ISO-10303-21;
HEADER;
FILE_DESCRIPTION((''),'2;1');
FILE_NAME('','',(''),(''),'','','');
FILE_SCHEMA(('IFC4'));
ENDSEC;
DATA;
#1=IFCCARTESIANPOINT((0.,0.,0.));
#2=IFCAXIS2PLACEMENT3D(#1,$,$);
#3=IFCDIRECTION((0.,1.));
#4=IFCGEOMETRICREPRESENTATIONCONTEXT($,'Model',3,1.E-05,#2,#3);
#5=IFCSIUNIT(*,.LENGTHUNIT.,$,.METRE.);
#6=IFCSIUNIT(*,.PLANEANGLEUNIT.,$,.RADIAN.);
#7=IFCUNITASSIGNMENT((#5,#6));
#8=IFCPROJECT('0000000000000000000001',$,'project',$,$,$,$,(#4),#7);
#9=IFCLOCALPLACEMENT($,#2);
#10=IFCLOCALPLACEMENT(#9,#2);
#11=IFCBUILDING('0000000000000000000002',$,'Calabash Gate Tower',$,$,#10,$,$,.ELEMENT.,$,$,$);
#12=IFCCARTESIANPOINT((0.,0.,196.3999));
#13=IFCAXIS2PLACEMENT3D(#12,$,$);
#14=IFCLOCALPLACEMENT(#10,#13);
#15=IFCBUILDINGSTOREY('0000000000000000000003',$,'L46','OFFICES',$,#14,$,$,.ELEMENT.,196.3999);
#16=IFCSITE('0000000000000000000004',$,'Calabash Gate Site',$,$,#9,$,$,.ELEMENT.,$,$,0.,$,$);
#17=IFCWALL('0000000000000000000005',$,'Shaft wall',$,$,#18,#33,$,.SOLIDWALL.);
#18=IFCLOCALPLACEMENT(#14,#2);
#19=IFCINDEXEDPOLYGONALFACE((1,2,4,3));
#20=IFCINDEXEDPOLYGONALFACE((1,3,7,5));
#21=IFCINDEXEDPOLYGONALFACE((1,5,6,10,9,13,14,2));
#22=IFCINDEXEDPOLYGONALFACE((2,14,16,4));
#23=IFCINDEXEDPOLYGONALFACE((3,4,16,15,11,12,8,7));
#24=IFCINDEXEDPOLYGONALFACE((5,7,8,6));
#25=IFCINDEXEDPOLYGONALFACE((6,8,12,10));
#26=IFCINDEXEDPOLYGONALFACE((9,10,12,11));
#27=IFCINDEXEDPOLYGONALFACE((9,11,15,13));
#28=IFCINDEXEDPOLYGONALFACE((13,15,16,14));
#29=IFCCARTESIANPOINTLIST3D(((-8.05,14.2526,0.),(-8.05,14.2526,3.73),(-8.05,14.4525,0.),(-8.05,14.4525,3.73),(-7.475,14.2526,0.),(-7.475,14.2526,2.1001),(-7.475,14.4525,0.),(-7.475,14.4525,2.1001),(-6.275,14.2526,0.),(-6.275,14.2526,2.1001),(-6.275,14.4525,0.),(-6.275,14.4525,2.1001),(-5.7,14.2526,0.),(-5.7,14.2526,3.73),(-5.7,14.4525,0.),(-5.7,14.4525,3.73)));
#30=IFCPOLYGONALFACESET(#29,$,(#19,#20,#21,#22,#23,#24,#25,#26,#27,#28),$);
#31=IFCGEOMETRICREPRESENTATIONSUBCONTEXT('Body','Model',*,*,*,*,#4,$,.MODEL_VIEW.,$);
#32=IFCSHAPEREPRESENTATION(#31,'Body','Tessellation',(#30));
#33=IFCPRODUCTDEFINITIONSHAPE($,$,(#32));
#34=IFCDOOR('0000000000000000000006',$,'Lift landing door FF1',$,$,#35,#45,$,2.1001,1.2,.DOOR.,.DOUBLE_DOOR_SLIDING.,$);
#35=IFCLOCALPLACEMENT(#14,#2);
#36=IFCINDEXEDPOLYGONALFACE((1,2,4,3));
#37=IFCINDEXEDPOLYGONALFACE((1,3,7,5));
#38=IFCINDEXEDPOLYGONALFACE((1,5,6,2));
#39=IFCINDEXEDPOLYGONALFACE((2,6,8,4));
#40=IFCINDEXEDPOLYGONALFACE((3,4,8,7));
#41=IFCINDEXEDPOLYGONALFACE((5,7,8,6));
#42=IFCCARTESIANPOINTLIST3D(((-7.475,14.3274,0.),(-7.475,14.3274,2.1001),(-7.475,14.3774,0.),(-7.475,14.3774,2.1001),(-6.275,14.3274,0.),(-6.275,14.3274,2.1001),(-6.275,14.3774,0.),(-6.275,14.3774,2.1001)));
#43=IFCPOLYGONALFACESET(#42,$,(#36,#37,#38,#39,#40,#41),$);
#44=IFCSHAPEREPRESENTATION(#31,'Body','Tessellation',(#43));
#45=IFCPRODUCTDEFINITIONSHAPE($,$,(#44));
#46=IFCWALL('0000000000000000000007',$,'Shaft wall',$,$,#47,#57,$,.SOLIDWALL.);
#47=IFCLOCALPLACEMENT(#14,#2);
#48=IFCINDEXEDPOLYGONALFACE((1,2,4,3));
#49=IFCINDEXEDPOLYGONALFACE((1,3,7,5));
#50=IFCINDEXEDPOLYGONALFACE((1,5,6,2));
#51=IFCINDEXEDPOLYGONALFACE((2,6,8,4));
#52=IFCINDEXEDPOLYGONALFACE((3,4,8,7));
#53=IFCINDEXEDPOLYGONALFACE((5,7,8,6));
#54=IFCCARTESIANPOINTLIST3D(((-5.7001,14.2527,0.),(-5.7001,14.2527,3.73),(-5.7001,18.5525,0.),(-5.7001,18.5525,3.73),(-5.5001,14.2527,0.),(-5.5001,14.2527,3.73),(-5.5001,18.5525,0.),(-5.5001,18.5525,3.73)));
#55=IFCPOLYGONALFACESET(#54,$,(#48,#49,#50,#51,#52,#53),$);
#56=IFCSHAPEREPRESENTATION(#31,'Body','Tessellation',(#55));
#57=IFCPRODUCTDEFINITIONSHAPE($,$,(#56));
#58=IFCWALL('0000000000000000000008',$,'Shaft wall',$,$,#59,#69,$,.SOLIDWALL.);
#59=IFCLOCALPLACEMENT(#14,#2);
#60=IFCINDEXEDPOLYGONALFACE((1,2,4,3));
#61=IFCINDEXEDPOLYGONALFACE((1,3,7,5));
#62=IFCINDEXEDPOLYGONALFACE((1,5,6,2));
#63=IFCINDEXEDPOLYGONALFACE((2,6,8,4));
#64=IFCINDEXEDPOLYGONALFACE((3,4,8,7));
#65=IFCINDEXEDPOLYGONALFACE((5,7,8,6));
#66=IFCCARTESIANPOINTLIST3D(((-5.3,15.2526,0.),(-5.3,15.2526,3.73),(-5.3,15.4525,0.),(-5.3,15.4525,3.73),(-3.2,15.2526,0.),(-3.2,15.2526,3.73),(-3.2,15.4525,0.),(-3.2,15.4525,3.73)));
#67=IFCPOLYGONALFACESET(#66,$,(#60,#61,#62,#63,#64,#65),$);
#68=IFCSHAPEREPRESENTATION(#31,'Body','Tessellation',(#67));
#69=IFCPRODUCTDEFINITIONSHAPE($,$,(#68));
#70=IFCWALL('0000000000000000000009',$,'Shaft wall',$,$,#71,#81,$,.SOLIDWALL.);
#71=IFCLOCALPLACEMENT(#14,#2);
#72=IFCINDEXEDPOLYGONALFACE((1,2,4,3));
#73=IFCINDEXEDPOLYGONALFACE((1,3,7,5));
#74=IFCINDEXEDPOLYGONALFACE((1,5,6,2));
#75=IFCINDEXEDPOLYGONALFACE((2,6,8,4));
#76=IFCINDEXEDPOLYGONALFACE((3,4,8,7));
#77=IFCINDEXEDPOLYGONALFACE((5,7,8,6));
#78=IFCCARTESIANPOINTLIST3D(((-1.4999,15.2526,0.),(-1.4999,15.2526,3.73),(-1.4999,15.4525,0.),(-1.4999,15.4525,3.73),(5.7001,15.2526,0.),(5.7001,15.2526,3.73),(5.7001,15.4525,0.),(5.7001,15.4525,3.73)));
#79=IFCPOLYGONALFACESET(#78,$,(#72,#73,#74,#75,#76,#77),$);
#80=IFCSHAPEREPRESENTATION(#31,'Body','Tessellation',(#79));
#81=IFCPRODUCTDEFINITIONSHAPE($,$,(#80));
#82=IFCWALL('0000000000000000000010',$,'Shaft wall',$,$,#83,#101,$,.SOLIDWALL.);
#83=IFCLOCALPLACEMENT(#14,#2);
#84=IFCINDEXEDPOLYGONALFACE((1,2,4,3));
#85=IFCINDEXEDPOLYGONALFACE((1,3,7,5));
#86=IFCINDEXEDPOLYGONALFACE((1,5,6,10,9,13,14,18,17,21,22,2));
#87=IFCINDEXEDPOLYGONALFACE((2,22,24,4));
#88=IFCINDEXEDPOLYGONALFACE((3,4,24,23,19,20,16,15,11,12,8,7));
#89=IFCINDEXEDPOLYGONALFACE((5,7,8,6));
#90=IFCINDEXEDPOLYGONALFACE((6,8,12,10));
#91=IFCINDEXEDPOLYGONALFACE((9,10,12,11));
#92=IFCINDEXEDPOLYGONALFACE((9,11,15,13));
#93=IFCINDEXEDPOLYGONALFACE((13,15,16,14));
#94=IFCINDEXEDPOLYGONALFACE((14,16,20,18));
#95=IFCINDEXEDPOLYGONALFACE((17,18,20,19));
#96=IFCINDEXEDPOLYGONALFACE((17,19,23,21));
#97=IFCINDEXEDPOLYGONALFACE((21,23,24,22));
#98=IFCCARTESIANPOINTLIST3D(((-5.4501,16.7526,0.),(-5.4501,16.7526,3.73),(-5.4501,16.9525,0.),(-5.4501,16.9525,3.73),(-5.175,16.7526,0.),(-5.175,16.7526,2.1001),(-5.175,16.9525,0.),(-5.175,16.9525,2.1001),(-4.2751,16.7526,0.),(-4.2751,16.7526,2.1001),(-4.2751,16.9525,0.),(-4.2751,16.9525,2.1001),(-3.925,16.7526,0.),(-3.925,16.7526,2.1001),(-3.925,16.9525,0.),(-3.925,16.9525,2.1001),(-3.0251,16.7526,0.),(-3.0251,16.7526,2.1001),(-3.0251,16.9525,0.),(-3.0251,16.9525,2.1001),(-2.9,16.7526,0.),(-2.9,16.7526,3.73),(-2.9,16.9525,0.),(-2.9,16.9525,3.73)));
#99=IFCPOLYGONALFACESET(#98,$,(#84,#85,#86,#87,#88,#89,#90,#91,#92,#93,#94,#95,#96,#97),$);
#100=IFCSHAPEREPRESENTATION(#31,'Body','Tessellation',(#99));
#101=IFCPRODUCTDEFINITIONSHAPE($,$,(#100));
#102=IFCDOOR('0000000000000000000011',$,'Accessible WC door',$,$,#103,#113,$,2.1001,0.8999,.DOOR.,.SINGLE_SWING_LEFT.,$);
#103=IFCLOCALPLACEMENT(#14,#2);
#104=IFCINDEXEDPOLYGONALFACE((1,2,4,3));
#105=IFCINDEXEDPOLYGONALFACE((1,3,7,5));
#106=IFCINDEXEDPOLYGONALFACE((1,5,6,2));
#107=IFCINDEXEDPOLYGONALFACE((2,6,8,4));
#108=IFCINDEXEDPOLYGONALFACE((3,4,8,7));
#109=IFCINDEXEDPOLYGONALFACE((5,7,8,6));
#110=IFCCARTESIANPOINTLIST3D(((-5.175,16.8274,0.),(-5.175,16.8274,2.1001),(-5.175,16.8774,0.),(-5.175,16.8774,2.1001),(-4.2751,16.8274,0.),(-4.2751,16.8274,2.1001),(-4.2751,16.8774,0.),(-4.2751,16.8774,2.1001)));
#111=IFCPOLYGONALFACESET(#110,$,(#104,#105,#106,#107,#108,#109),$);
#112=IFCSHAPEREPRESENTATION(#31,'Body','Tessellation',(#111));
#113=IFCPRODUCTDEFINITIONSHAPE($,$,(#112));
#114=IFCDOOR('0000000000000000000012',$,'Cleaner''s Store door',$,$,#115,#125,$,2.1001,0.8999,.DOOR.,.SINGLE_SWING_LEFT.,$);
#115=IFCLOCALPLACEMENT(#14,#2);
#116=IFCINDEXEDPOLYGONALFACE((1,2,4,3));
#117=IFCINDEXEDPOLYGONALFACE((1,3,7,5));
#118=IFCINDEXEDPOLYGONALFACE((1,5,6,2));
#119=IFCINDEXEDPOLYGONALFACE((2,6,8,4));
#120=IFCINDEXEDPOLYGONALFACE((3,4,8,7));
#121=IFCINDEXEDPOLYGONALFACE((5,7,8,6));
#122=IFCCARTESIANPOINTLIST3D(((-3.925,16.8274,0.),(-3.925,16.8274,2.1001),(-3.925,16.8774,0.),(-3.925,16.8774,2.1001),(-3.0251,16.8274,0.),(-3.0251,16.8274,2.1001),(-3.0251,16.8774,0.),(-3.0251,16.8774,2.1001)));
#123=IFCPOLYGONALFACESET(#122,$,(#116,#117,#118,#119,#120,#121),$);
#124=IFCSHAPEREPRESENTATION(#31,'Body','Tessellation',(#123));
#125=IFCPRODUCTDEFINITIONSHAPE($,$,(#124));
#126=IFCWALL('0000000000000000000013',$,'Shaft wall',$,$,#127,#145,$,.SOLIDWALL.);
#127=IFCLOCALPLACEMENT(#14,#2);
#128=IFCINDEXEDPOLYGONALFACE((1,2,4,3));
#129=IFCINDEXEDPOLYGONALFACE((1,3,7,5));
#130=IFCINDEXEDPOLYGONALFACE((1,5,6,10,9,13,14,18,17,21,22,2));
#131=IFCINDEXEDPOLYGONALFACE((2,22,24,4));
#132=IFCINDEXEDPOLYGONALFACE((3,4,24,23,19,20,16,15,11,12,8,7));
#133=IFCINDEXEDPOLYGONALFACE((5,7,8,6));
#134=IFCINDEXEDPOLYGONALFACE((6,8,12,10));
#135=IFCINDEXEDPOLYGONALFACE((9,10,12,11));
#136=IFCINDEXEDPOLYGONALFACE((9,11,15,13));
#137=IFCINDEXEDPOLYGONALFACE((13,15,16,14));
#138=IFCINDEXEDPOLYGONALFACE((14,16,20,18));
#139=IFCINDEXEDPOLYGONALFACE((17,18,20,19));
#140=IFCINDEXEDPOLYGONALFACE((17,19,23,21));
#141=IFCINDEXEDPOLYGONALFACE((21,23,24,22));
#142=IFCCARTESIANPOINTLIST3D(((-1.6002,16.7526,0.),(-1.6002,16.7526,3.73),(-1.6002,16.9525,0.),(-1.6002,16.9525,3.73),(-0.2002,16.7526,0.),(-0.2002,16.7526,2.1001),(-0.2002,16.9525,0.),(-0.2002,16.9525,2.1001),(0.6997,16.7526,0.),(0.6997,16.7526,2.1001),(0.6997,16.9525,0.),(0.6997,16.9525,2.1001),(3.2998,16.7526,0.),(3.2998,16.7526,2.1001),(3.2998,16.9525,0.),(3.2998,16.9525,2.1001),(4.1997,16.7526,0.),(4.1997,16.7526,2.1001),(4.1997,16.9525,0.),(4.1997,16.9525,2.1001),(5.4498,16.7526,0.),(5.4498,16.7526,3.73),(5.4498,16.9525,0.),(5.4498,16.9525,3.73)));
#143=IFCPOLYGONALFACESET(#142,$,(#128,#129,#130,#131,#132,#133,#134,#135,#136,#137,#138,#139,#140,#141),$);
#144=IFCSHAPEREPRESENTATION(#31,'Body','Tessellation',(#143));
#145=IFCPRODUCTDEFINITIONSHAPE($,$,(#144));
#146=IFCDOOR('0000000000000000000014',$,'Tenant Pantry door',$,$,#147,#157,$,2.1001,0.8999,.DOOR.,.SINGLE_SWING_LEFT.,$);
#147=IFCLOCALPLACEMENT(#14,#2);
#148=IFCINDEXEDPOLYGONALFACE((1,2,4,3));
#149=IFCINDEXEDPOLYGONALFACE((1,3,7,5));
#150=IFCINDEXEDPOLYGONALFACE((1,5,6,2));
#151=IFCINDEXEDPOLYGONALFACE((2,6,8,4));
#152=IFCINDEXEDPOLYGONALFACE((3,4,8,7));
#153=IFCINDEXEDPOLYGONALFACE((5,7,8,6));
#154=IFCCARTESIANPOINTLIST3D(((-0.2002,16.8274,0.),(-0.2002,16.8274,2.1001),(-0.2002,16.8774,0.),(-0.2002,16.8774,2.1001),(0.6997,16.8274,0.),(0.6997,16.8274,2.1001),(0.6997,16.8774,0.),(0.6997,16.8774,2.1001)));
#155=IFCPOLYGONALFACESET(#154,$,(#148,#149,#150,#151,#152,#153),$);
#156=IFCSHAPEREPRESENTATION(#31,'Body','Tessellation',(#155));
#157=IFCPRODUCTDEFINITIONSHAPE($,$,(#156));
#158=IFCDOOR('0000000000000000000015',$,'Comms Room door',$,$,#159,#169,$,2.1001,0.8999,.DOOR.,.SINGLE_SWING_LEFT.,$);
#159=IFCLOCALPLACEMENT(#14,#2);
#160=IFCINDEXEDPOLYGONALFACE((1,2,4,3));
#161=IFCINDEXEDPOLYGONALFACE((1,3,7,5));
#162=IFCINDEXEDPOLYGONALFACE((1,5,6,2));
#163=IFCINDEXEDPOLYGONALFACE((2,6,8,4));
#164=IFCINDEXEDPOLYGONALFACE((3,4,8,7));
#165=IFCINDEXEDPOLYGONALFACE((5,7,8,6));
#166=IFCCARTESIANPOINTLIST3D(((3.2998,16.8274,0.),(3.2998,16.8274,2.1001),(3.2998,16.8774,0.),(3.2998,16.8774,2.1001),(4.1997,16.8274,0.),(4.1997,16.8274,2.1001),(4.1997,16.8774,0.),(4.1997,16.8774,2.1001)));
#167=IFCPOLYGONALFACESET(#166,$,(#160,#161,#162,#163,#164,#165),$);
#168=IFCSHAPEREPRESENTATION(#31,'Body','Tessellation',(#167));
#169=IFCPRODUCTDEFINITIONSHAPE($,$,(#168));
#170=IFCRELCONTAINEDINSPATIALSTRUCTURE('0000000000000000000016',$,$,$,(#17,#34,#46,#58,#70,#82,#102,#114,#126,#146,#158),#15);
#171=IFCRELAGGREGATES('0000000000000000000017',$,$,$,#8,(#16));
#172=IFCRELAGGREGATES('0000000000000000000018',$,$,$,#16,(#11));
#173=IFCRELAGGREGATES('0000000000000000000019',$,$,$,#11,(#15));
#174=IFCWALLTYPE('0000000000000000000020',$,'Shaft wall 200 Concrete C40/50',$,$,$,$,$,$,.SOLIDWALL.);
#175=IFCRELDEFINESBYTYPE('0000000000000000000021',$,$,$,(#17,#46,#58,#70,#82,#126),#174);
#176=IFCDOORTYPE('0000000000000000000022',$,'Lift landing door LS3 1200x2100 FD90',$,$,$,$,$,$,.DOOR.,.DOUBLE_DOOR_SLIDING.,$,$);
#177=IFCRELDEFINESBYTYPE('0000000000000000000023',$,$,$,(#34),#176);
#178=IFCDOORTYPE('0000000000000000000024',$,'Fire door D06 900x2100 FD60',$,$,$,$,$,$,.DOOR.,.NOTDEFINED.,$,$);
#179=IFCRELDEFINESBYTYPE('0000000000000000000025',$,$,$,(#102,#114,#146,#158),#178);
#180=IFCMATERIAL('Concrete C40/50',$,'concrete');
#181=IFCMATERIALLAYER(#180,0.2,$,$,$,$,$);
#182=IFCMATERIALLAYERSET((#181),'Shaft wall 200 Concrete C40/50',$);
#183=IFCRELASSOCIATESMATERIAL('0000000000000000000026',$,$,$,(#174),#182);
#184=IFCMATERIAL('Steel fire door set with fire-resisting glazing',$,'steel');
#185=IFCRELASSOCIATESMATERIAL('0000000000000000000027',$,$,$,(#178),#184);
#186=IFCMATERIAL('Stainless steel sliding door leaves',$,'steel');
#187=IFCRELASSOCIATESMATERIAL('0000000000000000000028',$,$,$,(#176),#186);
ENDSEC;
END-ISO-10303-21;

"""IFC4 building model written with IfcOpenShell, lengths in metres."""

from ifc_helpers import new_model, si_unit, direction, frame, frame_2d, origin, place, context, subcontext, project, spatial, rectangle, extrude, material, layer, layer_set, type_object, element, fill, save


model = new_model("IFC4")

# Units and contexts
model_context = context("Model", 3, precision=1e-05, world=origin(), true_north=direction((0.0, 1.0)))
body_context = subcontext(model_context, "Body", "Model", "MODEL_VIEW")
ifc_project = project(units=[si_unit("LENGTHUNIT", "METRE"), si_unit("PLANEANGLEUNIT", "RADIAN")], contexts=[model_context])

# Site, building, storey
site_placement = place(None, origin())
site = spatial("IfcSite", under=ifc_project, at=site_placement, Name="Calabash Gate Site", CompositionType="ELEMENT", RefElevation=0.0)
building_placement = place(site_placement, origin())
building = spatial("IfcBuilding", under=site, at=building_placement, Name="Calabash Gate Tower", CompositionType="ELEMENT")
storey_placement = place(building_placement, frame((0.0, 0.0, 196.3999)))
storey = spatial("IfcBuildingStorey", under=building, at=storey_placement, Name="L46", Description="OFFICES", CompositionType="ELEMENT", Elevation=196.3999)

# Shared definitions
ifc_material_1 = material(Name="Concrete C40/50", Category="concrete")
ifc_layer_1 = layer(ifc_material_1, 0.2)
ifc_layer_set_1 = layer_set([ifc_layer_1], Name="Shaft wall 200 Concrete C40/50")
wall_type_1 = type_object("IfcWallType", Name="Shaft wall 200 Concrete C40/50", PredefinedType="SOLIDWALL", material=ifc_layer_set_1)
ifc_material_2 = material(Name="Steel fire door set with fire-resisting glazing", Category="steel")
door_type_1 = type_object("IfcDoorType", Name="Fire door D06 900x2100 FD60", OperationType="NOTDEFINED", PredefinedType="DOOR", material=ifc_material_2)

# Wall, opening, door
wall_1_placement = place(storey_placement, frame((-8.05, 14.3525, 0.0), z_axis=(0.0, 0.0, 1.0), x_axis=(1.0, 0.0, 0.0)))
wall_1 = element("IfcWall", 1, at=wall_1_placement, inside=storey, type_object=wall_type_1, Name="Shaft wall", PredefinedType="SOLIDWALL", context=body_context, shape_type="SweptSolid", body=[
    extrude(rectangle(XDim=2.3501, YDim=0.2, at=frame_2d((1.175, 0.0))), origin(), (0.0, 0.0, 1.0), 3.73),
])
opening_1_placement = place(wall_1_placement, frame((0.575, 0.0, 0.0)))
opening_1 = element("IfcOpeningElement", 2, at=opening_1_placement, cuts=wall_1, PredefinedType="OPENING", context=body_context, shape_type="SweptSolid", body=[
    extrude(rectangle(XDim=1.2, YDim=2.1001, at=frame_2d((0.6001, 1.05))), frame((0.0, 0.1099, 0.0), z_axis=(0.0, -1.0, 0.0), x_axis=(1.0, 0.0, 0.0)), (0.0, 0.0, 1.0), 0.22),
])
ifc_material_3 = material(Name="Stainless steel sliding door leaves", Category="steel")
door_type_2 = type_object("IfcDoorType", Name="Lift landing door LS3 1200x2100 FD90", OperationType="DOUBLE_DOOR_SLIDING", PredefinedType="DOOR", material=ifc_material_3)
door_1_placement = place(opening_1_placement, origin())
door_1 = element("IfcDoor", 3, at=door_1_placement, inside=storey, type_object=door_type_2, Name="Lift landing door FF1", OperationType="DOUBLE_DOOR_SLIDING", OverallHeight=2.1001, OverallWidth=1.2, PredefinedType="DOOR", context=body_context, shape_type="SweptSolid", body=[
    extrude(rectangle(XDim=1.2, YDim=2.1001, at=frame_2d((0.6001, 1.05))), frame((0.0, 0.0249, 0.0), z_axis=(0.0, -1.0, 0.0), x_axis=(1.0, 0.0, 0.0)), (0.0, 0.0, 1.0), 0.05),
])
fill(opening_1, door_1)

# Walls
wall_2_placement = place(storey_placement, frame((-5.6001, 14.2527, 0.0), z_axis=(0.0, 0.0, 1.0), x_axis=(0.0, 1.0, 0.0)))
element("IfcWall", 4, at=wall_2_placement, inside=storey, type_object=wall_type_1, Name="Shaft wall", PredefinedType="SOLIDWALL", context=body_context, shape_type="SweptSolid", body=[
    extrude(rectangle(XDim=4.2998, YDim=0.2, at=frame_2d((2.1499, 0.0))), origin(), (0.0, 0.0, 1.0), 3.73),
])
wall_3_placement = place(storey_placement, frame((-5.3, 15.3525, 0.0), z_axis=(0.0, 0.0, 1.0), x_axis=(1.0, 0.0, 0.0)))
element("IfcWall", 5, at=wall_3_placement, inside=storey, type_object=wall_type_1, Name="Shaft wall", PredefinedType="SOLIDWALL", context=body_context, shape_type="SweptSolid", body=[
    extrude(rectangle(XDim=2.1001, YDim=0.2, at=frame_2d((1.05, 0.0))), origin(), (0.0, 0.0, 1.0), 3.73),
])
wall_4_placement = place(storey_placement, frame((-1.5, 15.3525, 0.0), z_axis=(0.0, 0.0, 1.0), x_axis=(1.0, 0.0, 0.0)))
element("IfcWall", 6, at=wall_4_placement, inside=storey, type_object=wall_type_1, Name="Shaft wall", PredefinedType="SOLIDWALL", context=body_context, shape_type="SweptSolid", body=[
    extrude(rectangle(XDim=7.2, YDim=0.2, at=frame_2d((3.6001, 0.0))), origin(), (0.0, 0.0, 1.0), 3.73),
])

# Walls, openings, doors
wall_5_placement = place(storey_placement, frame((-5.45, 16.8525, 0.0), z_axis=(0.0, 0.0, 1.0), x_axis=(1.0, 0.0, 0.0)))
wall_5 = element("IfcWall", 7, at=wall_5_placement, inside=storey, type_object=wall_type_1, Name="Shaft wall", PredefinedType="SOLIDWALL", context=body_context, shape_type="SweptSolid", body=[
    extrude(rectangle(XDim=2.55, YDim=0.2, at=frame_2d((1.2749, 0.0))), origin(), (0.0, 0.0, 1.0), 3.73),
])
opening_2_placement = place(wall_5_placement, frame((0.2749, 0.0, 0.0)))
opening_2 = element("IfcOpeningElement", 8, at=opening_2_placement, cuts=wall_5, PredefinedType="OPENING", context=body_context, shape_type="SweptSolid", body=[
    extrude(rectangle(XDim=0.8999, YDim=2.1001, at=frame_2d((0.45, 1.05))), frame((0.0, 0.1099, 0.0), z_axis=(0.0, -1.0, 0.0), x_axis=(1.0, 0.0, 0.0)), (0.0, 0.0, 1.0), 0.22),
])
opening_3_placement = place(wall_5_placement, frame((1.5249, 0.0, 0.0)))
opening_3 = element("IfcOpeningElement", 9, at=opening_3_placement, cuts=wall_5, PredefinedType="OPENING", context=body_context, shape_type="SweptSolid", body=[
    extrude(rectangle(XDim=0.8999, YDim=2.1001, at=frame_2d((0.45, 1.05))), frame((0.0, 0.1099, 0.0), z_axis=(0.0, -1.0, 0.0), x_axis=(1.0, 0.0, 0.0)), (0.0, 0.0, 1.0), 0.22),
])
door_2_placement = place(opening_2_placement, origin())
door_2 = element("IfcDoor", 10, at=door_2_placement, inside=storey, type_object=door_type_1, Name="Accessible WC door", OperationType="SINGLE_SWING_LEFT", OverallHeight=2.1001, OverallWidth=0.8999, PredefinedType="DOOR", context=body_context, shape_type="SweptSolid", body=[
    extrude(rectangle(XDim=0.8999, YDim=2.1001, at=frame_2d((0.45, 1.05))), frame((0.0, 0.0249, 0.0), z_axis=(0.0, -1.0, 0.0), x_axis=(1.0, 0.0, 0.0)), (0.0, 0.0, 1.0), 0.05),
])
fill(opening_2, door_2)
door_3_placement = place(opening_3_placement, origin())
door_3 = element("IfcDoor", 11, at=door_3_placement, inside=storey, type_object=door_type_1, Name="Cleaner's Store door", OperationType="SINGLE_SWING_LEFT", OverallHeight=2.1001, OverallWidth=0.8999, PredefinedType="DOOR", context=body_context, shape_type="SweptSolid", body=[
    extrude(rectangle(XDim=0.8999, YDim=2.1001, at=frame_2d((0.45, 1.05))), frame((0.0, 0.0249, 0.0), z_axis=(0.0, -1.0, 0.0), x_axis=(1.0, 0.0, 0.0)), (0.0, 0.0, 1.0), 0.05),
])
fill(opening_3, door_3)
wall_6_placement = place(storey_placement, frame((-1.6001, 16.8525, 0.0), z_axis=(0.0, 0.0, 1.0), x_axis=(1.0, 0.0, 0.0)))
wall_6 = element("IfcWall", 12, at=wall_6_placement, inside=storey, type_object=wall_type_1, Name="Shaft wall", PredefinedType="SOLIDWALL", context=body_context, shape_type="SweptSolid", body=[
    extrude(rectangle(XDim=7.05, YDim=0.2, at=frame_2d((3.5249, 0.0))), origin(), (0.0, 0.0, 1.0), 3.73),
])
opening_4_placement = place(wall_6_placement, frame((1.3999, 0.0, 0.0)))
opening_4 = element("IfcOpeningElement", 13, at=opening_4_placement, cuts=wall_6, PredefinedType="OPENING", context=body_context, shape_type="SweptSolid", body=[
    extrude(rectangle(XDim=0.8999, YDim=2.1001, at=frame_2d((0.45, 1.05))), frame((0.0, 0.1099, 0.0), z_axis=(0.0, -1.0, 0.0), x_axis=(1.0, 0.0, 0.0)), (0.0, 0.0, 1.0), 0.22),
])
opening_5_placement = place(wall_6_placement, frame((4.8999, 0.0, 0.0)))
opening_5 = element("IfcOpeningElement", 14, at=opening_5_placement, cuts=wall_6, PredefinedType="OPENING", context=body_context, shape_type="SweptSolid", body=[
    extrude(rectangle(XDim=0.8999, YDim=2.1001, at=frame_2d((0.45, 1.05))), frame((0.0, 0.1099, 0.0), z_axis=(0.0, -1.0, 0.0), x_axis=(1.0, 0.0, 0.0)), (0.0, 0.0, 1.0), 0.22),
])
door_4_placement = place(opening_4_placement, origin())
door_4 = element("IfcDoor", 15, at=door_4_placement, inside=storey, type_object=door_type_1, Name="Tenant Pantry door", OperationType="SINGLE_SWING_LEFT", OverallHeight=2.1001, OverallWidth=0.8999, PredefinedType="DOOR", context=body_context, shape_type="SweptSolid", body=[
    extrude(rectangle(XDim=0.8999, YDim=2.1001, at=frame_2d((0.45, 1.05))), frame((0.0, 0.0249, 0.0), z_axis=(0.0, -1.0, 0.0), x_axis=(1.0, 0.0, 0.0)), (0.0, 0.0, 1.0), 0.05),
])
fill(opening_4, door_4)
door_5_placement = place(opening_5_placement, origin())
door_5 = element("IfcDoor", 16, at=door_5_placement, inside=storey, type_object=door_type_1, Name="Comms Room door", OperationType="SINGLE_SWING_LEFT", OverallHeight=2.1001, OverallWidth=0.8999, PredefinedType="DOOR", context=body_context, shape_type="SweptSolid", body=[
    extrude(rectangle(XDim=0.8999, YDim=2.1001, at=frame_2d((0.45, 1.05))), frame((0.0, 0.0249, 0.0), z_axis=(0.0, -1.0, 0.0), x_axis=(1.0, 0.0, 0.0)), (0.0, 0.0, 1.0), 0.05),
])
fill(opening_5, door_5)

save(model, "model.ifc")
